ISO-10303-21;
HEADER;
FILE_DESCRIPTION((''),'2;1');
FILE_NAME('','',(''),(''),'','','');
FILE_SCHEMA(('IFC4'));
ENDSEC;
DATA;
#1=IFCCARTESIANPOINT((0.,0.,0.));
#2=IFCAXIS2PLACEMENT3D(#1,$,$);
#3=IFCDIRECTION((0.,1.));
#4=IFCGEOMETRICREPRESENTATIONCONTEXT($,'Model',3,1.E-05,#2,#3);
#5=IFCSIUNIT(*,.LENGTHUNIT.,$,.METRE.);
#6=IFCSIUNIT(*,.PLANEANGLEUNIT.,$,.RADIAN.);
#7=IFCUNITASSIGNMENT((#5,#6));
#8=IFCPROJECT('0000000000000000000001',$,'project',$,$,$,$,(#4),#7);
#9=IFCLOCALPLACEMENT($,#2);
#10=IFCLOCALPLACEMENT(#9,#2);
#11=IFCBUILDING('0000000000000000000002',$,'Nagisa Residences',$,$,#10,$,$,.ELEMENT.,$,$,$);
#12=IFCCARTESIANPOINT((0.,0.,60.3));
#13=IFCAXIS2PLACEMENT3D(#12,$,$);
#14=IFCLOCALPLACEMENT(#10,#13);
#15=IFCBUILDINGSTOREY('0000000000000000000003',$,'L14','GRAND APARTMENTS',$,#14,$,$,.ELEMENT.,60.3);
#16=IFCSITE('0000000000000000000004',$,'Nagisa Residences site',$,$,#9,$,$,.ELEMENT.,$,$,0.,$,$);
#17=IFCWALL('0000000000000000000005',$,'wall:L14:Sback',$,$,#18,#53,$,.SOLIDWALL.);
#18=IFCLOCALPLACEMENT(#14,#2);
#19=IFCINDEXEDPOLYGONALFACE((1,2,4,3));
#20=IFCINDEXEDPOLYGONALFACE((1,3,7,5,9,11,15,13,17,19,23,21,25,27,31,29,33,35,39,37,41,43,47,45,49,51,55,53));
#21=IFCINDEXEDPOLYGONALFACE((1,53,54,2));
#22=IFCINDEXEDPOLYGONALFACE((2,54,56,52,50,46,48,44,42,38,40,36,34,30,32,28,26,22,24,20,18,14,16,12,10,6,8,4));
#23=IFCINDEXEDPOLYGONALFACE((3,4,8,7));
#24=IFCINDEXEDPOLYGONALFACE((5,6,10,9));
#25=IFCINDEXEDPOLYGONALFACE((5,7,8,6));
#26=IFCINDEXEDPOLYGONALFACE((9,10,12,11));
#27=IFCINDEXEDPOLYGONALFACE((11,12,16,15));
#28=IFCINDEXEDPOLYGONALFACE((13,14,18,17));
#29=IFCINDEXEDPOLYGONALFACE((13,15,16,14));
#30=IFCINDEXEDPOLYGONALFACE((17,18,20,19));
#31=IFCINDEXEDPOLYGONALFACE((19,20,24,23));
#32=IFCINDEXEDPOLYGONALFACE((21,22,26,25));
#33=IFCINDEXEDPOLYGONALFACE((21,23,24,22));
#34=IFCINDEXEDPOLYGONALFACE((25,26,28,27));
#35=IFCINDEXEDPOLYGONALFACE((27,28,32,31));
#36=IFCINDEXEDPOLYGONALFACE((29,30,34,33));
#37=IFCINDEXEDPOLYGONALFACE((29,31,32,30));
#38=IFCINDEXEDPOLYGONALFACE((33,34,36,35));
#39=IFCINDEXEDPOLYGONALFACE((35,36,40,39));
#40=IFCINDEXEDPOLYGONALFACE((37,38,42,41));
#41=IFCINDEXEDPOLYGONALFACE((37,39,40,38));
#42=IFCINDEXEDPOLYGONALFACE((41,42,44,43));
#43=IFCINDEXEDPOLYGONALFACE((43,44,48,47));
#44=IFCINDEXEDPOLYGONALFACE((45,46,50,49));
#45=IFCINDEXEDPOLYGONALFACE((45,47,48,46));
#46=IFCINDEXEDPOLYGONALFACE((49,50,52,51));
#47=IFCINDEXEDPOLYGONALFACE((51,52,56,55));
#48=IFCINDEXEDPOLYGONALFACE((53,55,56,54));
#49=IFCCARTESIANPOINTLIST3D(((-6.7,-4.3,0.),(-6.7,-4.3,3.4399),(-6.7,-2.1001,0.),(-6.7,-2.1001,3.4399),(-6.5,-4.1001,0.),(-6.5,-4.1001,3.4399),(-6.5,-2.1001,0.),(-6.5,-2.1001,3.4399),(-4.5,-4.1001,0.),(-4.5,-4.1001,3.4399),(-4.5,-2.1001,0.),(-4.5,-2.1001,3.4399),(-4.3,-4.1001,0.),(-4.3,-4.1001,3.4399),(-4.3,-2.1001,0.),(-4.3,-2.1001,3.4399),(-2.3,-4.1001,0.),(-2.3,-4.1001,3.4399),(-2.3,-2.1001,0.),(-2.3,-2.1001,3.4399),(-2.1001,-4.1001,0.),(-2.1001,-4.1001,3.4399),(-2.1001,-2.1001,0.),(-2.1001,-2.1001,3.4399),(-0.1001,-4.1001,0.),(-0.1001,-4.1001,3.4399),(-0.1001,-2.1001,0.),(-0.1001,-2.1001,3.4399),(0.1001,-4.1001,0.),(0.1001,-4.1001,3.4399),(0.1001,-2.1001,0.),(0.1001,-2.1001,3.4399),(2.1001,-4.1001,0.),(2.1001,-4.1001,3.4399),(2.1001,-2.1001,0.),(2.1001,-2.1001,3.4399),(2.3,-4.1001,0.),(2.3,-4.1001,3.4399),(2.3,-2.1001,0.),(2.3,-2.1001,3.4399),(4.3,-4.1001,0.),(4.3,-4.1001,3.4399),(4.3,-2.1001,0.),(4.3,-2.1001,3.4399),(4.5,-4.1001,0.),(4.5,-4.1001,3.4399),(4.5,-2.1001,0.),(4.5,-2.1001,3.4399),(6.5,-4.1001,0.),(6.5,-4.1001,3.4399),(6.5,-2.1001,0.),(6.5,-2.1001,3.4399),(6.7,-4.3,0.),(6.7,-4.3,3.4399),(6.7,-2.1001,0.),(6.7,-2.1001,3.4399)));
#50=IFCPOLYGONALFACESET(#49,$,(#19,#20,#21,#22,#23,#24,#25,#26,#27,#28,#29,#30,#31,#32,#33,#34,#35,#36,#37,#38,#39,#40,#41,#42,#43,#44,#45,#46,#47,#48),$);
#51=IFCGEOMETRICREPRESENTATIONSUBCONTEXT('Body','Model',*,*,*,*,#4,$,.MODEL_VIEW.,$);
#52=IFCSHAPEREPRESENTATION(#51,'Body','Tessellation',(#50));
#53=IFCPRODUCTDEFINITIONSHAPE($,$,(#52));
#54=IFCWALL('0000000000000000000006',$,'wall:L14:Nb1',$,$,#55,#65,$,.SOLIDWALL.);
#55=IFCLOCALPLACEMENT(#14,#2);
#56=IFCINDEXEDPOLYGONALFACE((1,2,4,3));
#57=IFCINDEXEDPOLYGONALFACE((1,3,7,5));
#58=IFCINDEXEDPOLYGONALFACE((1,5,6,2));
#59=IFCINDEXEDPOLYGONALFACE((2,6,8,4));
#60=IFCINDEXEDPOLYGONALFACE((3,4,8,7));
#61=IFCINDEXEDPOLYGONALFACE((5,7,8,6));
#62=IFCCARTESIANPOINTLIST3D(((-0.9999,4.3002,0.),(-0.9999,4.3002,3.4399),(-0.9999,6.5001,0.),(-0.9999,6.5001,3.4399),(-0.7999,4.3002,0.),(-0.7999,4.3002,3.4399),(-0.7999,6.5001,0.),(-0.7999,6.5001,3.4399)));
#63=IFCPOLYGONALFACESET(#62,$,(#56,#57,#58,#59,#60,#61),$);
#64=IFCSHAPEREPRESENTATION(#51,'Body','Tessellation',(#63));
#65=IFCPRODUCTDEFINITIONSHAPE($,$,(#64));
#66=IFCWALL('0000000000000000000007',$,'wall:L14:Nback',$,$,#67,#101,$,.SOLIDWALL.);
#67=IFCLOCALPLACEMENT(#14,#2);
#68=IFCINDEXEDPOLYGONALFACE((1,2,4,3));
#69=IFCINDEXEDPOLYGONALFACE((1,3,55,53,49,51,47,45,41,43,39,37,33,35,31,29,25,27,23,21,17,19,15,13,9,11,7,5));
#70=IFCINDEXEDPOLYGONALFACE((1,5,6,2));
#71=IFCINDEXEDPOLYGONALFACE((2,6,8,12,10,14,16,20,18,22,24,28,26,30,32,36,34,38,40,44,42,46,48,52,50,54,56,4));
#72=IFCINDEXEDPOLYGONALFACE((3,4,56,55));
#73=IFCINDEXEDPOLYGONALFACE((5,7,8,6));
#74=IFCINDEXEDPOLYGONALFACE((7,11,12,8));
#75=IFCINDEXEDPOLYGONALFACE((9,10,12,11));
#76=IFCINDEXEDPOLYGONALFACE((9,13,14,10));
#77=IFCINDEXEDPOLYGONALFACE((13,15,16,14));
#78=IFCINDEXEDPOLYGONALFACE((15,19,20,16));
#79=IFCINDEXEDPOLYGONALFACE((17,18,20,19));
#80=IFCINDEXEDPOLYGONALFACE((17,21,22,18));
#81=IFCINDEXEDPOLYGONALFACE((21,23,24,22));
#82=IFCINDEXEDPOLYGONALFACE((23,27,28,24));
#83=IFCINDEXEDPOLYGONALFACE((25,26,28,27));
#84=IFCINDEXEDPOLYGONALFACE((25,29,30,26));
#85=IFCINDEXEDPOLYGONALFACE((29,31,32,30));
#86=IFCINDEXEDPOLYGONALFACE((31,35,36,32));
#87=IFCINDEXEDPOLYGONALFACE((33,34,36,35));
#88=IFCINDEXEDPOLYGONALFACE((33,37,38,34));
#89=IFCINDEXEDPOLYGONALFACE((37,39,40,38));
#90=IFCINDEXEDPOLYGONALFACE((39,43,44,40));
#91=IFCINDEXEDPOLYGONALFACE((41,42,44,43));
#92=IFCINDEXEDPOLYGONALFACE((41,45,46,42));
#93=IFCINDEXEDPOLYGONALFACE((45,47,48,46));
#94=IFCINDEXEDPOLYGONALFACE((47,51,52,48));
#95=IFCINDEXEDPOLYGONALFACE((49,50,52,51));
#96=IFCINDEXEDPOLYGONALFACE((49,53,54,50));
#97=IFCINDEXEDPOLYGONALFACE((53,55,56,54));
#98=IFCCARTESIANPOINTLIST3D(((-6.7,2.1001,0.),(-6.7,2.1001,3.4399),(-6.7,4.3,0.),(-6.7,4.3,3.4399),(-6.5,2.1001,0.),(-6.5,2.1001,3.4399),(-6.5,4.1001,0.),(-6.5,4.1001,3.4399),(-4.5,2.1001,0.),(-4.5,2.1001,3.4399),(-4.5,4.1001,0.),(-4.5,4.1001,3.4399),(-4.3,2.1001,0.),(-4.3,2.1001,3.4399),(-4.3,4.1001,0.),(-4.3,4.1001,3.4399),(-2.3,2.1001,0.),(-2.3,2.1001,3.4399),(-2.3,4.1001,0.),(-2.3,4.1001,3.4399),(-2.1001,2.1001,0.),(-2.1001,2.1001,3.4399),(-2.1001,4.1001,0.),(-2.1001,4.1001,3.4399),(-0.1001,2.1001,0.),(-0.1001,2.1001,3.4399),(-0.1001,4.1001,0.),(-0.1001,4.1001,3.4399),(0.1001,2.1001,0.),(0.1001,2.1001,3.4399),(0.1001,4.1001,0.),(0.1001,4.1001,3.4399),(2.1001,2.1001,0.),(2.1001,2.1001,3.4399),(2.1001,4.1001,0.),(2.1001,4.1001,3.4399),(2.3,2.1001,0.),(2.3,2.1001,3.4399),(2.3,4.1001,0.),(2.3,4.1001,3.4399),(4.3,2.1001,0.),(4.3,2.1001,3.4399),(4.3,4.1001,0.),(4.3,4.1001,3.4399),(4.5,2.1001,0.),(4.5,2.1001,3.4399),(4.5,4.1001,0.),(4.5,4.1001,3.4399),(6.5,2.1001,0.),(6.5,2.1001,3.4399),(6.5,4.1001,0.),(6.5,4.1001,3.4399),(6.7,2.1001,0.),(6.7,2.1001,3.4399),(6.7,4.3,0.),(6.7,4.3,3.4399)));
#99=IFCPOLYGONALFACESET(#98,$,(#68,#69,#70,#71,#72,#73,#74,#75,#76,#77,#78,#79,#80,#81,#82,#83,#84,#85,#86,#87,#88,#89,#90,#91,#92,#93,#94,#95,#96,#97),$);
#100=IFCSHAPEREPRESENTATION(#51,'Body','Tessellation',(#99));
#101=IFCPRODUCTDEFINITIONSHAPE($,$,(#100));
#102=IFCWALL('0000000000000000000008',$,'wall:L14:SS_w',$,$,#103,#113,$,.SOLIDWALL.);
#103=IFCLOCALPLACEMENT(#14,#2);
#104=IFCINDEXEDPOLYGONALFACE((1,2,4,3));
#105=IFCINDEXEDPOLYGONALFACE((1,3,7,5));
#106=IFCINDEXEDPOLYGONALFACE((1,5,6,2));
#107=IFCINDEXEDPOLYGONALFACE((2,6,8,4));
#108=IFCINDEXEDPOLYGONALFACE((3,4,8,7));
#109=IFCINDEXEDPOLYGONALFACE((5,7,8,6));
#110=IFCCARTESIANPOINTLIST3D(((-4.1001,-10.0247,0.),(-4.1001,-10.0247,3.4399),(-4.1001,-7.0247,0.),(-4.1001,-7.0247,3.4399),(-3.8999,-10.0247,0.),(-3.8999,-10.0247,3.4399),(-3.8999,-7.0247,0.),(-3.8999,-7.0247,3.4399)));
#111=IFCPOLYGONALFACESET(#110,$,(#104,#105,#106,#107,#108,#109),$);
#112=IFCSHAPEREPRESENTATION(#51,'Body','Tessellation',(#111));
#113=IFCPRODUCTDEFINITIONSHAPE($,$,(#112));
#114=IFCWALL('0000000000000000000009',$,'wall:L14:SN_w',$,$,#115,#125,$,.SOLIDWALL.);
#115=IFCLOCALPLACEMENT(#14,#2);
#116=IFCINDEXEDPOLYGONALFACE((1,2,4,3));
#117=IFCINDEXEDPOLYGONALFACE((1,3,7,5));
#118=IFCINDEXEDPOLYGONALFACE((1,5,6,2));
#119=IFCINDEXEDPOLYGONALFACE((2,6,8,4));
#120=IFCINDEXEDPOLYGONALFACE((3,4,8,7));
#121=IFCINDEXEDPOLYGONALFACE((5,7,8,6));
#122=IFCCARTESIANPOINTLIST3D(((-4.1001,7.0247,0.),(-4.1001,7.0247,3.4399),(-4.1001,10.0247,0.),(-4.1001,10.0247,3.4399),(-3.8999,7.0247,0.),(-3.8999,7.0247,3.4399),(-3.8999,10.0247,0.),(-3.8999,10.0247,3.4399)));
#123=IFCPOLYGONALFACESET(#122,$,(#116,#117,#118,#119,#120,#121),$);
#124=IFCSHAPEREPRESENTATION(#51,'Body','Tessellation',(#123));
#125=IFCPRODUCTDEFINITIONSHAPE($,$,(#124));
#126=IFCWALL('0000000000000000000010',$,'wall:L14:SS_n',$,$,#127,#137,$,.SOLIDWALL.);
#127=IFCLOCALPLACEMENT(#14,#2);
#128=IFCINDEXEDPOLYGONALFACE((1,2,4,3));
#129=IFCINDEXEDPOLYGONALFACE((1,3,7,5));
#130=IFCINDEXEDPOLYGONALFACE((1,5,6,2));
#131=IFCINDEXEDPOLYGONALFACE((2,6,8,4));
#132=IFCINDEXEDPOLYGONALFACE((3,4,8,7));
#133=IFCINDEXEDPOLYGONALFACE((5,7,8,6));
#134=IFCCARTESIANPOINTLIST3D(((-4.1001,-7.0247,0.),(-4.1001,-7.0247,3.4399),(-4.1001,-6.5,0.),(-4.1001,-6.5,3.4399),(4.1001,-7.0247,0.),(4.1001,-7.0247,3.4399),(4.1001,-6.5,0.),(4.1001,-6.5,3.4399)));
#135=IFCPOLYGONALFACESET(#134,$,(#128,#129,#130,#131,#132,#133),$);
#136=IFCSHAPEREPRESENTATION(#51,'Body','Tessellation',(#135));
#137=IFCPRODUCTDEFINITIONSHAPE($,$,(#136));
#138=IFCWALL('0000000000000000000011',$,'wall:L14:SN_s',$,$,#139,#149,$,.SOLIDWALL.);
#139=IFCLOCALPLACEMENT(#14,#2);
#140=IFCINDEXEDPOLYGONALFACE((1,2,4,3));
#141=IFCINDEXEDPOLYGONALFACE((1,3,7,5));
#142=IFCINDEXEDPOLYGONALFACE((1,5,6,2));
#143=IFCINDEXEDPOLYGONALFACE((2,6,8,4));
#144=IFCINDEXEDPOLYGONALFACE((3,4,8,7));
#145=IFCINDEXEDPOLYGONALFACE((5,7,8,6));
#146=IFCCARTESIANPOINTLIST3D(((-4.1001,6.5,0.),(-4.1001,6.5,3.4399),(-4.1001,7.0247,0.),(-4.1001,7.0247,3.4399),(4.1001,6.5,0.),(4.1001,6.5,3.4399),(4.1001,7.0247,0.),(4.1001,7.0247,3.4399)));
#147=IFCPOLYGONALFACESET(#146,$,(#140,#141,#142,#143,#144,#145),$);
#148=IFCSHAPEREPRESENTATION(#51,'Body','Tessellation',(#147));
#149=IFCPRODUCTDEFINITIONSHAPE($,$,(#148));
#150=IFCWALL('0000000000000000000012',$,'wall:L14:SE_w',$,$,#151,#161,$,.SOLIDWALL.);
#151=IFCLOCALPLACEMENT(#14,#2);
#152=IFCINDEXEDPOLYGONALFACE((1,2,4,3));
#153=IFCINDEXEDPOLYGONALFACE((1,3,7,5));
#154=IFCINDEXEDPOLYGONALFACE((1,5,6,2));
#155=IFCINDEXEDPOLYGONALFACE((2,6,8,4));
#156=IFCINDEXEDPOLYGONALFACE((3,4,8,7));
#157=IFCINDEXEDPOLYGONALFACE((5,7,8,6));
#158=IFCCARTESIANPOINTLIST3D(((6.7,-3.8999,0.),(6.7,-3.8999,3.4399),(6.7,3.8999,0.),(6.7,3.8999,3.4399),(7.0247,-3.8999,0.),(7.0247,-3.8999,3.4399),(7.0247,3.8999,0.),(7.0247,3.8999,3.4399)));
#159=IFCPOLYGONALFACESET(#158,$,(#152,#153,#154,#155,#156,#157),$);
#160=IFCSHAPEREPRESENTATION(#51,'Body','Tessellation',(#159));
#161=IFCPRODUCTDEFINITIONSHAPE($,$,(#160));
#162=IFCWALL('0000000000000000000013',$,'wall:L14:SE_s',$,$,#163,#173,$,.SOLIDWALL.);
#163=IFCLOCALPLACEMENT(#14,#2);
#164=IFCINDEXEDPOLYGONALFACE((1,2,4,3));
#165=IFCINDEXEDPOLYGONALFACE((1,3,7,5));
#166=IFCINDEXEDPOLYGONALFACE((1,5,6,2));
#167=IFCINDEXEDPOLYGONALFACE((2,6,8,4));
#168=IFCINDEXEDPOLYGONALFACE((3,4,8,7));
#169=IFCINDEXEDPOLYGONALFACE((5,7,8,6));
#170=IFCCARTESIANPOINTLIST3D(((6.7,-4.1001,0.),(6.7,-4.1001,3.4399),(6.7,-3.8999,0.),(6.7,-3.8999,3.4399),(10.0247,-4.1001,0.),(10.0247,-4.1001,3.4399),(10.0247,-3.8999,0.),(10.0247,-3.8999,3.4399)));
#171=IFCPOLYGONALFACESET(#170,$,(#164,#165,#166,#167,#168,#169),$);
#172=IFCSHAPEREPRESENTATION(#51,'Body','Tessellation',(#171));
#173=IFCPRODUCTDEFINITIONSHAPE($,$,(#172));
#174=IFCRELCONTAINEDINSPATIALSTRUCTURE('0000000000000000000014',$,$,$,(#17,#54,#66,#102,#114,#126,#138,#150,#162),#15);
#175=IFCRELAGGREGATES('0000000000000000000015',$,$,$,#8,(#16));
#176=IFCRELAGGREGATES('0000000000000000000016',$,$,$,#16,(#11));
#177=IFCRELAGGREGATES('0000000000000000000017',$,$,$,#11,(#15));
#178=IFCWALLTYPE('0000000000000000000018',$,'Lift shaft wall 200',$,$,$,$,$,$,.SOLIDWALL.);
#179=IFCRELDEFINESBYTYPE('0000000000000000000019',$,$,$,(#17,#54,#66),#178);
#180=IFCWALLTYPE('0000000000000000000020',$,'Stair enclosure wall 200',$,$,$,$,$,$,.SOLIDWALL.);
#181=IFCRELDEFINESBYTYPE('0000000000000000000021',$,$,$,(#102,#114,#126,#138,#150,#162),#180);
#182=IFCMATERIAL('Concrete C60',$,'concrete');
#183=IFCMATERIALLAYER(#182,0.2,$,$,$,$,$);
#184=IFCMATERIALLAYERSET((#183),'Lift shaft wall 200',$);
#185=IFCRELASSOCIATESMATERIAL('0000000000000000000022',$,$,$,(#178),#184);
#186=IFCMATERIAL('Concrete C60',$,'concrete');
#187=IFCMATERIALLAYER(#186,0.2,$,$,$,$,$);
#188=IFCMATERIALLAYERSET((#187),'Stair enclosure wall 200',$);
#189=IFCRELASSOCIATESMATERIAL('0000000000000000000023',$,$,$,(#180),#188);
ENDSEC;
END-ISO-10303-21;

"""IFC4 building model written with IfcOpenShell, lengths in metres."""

from ifc_helpers import new_model, si_unit, direction, frame, frame_2d, origin, place, context, subcontext, project, spatial, polyline, rectangle, outline, extrude, material, layer, layer_set, type_object, element, save


model = new_model("IFC4")

# Units and contexts
model_context = context("Model", 3, precision=1e-05, world=origin(), true_north=direction((0.0, 1.0)))
body_context = subcontext(model_context, "Body", "Model", "MODEL_VIEW")
ifc_project = project(units=[si_unit("LENGTHUNIT", "METRE"), si_unit("PLANEANGLEUNIT", "RADIAN")], contexts=[model_context])

# Site, building, storey
site_placement = place(None, origin())
site = spatial("IfcSite", under=ifc_project, at=site_placement, Name="Nagisa Residences site", CompositionType="ELEMENT", RefElevation=0.0)
building_placement = place(site_placement, origin())
building = spatial("IfcBuilding", under=site, at=building_placement, Name="Nagisa Residences", CompositionType="ELEMENT")
storey_placement = place(building_placement, frame((0.0, 0.0, 60.3)))
storey = spatial("IfcBuildingStorey", under=building, at=storey_placement, Name="L14", Description="GRAND APARTMENTS", CompositionType="ELEMENT", Elevation=60.3)

# Shared definitions
ifc_material_1 = material(Name="Concrete C60", Category="concrete")
ifc_layer_1 = layer(ifc_material_1, 0.2)
ifc_layer_set_1 = layer_set([ifc_layer_1], Name="Lift shaft wall 200")
wall_type_1 = type_object("IfcWallType", Name="Lift shaft wall 200", PredefinedType="SOLIDWALL", material=ifc_layer_set_1)

# Walls
wall_1_placement = place(storey_placement, origin())
element("IfcWall", 1, at=wall_1_placement, inside=storey, type_object=wall_type_1, Name="wall:L14:Sback", PredefinedType="SOLIDWALL", context=body_context, shape_type="SweptSolid", body=[
    extrude(outline(polyline([(-6.7, -2.1001), (-6.5, -2.1001), (-6.5, -4.1001), (-4.5, -4.1001), (-4.5, -2.1001), (-4.3, -2.1001), (-4.3, -4.1001), (-2.3, -4.1001), (-2.3, -2.1001), (-2.1001, -2.1001), (-2.1001, -4.1001), (-0.1001, -4.1001), (-0.1001, -2.1001), (0.1001, -2.1001), (0.1001, -4.1001), (2.1001, -4.1001), (2.1001, -2.1001), (2.3, -2.1001), (2.3, -4.1001), (4.3, -4.1001), (4.3, -2.1001), (4.5, -2.1001), (4.5, -4.1001), (6.5, -4.1001), (6.5, -2.1001), (6.7, -2.1001), (6.7, -4.3), (-6.7, -4.3), (-6.7, -2.1001)])), origin(), (0.0, 0.0, 1.0), 3.4399),
])
wall_2_placement = place(storey_placement, frame((-0.8999, 4.3, 0.0), z_axis=(0.0, 0.0, 1.0), x_axis=(0.0, 1.0, 0.0)))
element("IfcWall", 2, at=wall_2_placement, inside=storey, type_object=wall_type_1, Name="wall:L14:Nb1", PredefinedType="SOLIDWALL", context=body_context, shape_type="SweptSolid", body=[
    extrude(rectangle(XDim=2.2, YDim=0.2, at=frame_2d((1.1001, 0.0))), origin(), (0.0, 0.0, 1.0), 3.4399),
])
wall_3_placement = place(storey_placement, origin())
element("IfcWall", 3, at=wall_3_placement, inside=storey, type_object=wall_type_1, Name="wall:L14:Nback", PredefinedType="SOLIDWALL", context=body_context, shape_type="SweptSolid", body=[
    extrude(outline(polyline([(-6.5, 2.1001), (-6.7, 2.1001), (-6.7, 4.3), (6.7, 4.3), (6.7, 2.1001), (6.5, 2.1001), (6.5, 4.1001), (4.5, 4.1001), (4.5, 2.1001), (4.3, 2.1001), (4.3, 4.1001), (2.3, 4.1001), (2.3, 2.1001), (2.1001, 2.1001), (2.1001, 4.1001), (0.1001, 4.1001), (0.1001, 2.1001), (-0.1001, 2.1001), (-0.1001, 4.1001), (-2.1001, 4.1001), (-2.1001, 2.1001), (-2.3, 2.1001), (-2.3, 4.1001), (-4.3, 4.1001), (-4.3, 2.1001), (-4.5, 2.1001), (-4.5, 4.1001), (-6.5, 4.1001), (-6.5, 2.1001)])), origin(), (0.0, 0.0, 1.0), 3.4399),
])
ifc_material_2 = material(Name="Concrete C60", Category="concrete")
ifc_layer_2 = layer(ifc_material_2, 0.2)
ifc_layer_set_2 = layer_set([ifc_layer_2], Name="Stair enclosure wall 200")
wall_type_2 = type_object("IfcWallType", Name="Stair enclosure wall 200", PredefinedType="SOLIDWALL", material=ifc_layer_set_2)
wall_4_placement = place(storey_placement, origin())
element("IfcWall", 4, at=wall_4_placement, inside=storey, type_object=wall_type_2, Name="wall:L14:SS_w", PredefinedType="SOLIDWALL", context=body_context, shape_type="SweptSolid", body=[
    extrude(outline(polyline([(-3.8999, -10.0247), (-4.1001, -10.0247), (-4.1001, -7.0247), (-3.8999, -7.0247), (-3.8999, -10.0247)])), origin(), (0.0, 0.0, 1.0), 3.4399),
])
wall_5_placement = place(storey_placement, origin())
element("IfcWall", 5, at=wall_5_placement, inside=storey, type_object=wall_type_2, Name="wall:L14:SN_w", PredefinedType="SOLIDWALL", context=body_context, shape_type="SweptSolid", body=[
    extrude(outline(polyline([(-3.8999, 7.0247), (-4.1001, 7.0247), (-4.1001, 10.0247), (-3.8999, 10.0247), (-3.8999, 7.0247)])), origin(), (0.0, 0.0, 1.0), 3.4399),
])
wall_6_placement = place(storey_placement, origin())
element("IfcWall", 6, at=wall_6_placement, inside=storey, type_object=wall_type_2, Name="wall:L14:SS_n", PredefinedType="SOLIDWALL", context=body_context, shape_type="SweptSolid", body=[
    extrude(outline(polyline([(4.1001, -7.0247), (-4.1001, -7.0247), (-4.1001, -6.5), (4.1001, -6.5), (4.1001, -7.0247)])), origin(), (0.0, 0.0, 1.0), 3.4399),
])
wall_7_placement = place(storey_placement, origin())
element("IfcWall", 7, at=wall_7_placement, inside=storey, type_object=wall_type_2, Name="wall:L14:SN_s", PredefinedType="SOLIDWALL", context=body_context, shape_type="SweptSolid", body=[
    extrude(outline(polyline([(4.1001, 6.5), (-4.1001, 6.5), (-4.1001, 7.0247), (4.1001, 7.0247), (4.1001, 6.5)])), origin(), (0.0, 0.0, 1.0), 3.4399),
])
wall_8_placement = place(storey_placement, origin())
element("IfcWall", 8, at=wall_8_placement, inside=storey, type_object=wall_type_2, Name="wall:L14:SE_w", PredefinedType="SOLIDWALL", context=body_context, shape_type="SweptSolid", body=[
    extrude(outline(polyline([(7.0247, -3.8999), (6.7, -3.8999), (6.7, 3.8999), (7.0247, 3.8999), (7.0247, -3.8999)])), origin(), (0.0, 0.0, 1.0), 3.4399),
])
wall_9_placement = place(storey_placement, origin())
element("IfcWall", 9, at=wall_9_placement, inside=storey, type_object=wall_type_2, Name="wall:L14:SE_s", PredefinedType="SOLIDWALL", context=body_context, shape_type="SweptSolid", body=[
    extrude(outline(polyline([(10.0247, -4.1001), (6.7, -4.1001), (6.7, -3.8999), (10.0247, -3.8999), (10.0247, -4.1001)])), origin(), (0.0, 0.0, 1.0), 3.4399),
])

save(model, "model.ifc")
